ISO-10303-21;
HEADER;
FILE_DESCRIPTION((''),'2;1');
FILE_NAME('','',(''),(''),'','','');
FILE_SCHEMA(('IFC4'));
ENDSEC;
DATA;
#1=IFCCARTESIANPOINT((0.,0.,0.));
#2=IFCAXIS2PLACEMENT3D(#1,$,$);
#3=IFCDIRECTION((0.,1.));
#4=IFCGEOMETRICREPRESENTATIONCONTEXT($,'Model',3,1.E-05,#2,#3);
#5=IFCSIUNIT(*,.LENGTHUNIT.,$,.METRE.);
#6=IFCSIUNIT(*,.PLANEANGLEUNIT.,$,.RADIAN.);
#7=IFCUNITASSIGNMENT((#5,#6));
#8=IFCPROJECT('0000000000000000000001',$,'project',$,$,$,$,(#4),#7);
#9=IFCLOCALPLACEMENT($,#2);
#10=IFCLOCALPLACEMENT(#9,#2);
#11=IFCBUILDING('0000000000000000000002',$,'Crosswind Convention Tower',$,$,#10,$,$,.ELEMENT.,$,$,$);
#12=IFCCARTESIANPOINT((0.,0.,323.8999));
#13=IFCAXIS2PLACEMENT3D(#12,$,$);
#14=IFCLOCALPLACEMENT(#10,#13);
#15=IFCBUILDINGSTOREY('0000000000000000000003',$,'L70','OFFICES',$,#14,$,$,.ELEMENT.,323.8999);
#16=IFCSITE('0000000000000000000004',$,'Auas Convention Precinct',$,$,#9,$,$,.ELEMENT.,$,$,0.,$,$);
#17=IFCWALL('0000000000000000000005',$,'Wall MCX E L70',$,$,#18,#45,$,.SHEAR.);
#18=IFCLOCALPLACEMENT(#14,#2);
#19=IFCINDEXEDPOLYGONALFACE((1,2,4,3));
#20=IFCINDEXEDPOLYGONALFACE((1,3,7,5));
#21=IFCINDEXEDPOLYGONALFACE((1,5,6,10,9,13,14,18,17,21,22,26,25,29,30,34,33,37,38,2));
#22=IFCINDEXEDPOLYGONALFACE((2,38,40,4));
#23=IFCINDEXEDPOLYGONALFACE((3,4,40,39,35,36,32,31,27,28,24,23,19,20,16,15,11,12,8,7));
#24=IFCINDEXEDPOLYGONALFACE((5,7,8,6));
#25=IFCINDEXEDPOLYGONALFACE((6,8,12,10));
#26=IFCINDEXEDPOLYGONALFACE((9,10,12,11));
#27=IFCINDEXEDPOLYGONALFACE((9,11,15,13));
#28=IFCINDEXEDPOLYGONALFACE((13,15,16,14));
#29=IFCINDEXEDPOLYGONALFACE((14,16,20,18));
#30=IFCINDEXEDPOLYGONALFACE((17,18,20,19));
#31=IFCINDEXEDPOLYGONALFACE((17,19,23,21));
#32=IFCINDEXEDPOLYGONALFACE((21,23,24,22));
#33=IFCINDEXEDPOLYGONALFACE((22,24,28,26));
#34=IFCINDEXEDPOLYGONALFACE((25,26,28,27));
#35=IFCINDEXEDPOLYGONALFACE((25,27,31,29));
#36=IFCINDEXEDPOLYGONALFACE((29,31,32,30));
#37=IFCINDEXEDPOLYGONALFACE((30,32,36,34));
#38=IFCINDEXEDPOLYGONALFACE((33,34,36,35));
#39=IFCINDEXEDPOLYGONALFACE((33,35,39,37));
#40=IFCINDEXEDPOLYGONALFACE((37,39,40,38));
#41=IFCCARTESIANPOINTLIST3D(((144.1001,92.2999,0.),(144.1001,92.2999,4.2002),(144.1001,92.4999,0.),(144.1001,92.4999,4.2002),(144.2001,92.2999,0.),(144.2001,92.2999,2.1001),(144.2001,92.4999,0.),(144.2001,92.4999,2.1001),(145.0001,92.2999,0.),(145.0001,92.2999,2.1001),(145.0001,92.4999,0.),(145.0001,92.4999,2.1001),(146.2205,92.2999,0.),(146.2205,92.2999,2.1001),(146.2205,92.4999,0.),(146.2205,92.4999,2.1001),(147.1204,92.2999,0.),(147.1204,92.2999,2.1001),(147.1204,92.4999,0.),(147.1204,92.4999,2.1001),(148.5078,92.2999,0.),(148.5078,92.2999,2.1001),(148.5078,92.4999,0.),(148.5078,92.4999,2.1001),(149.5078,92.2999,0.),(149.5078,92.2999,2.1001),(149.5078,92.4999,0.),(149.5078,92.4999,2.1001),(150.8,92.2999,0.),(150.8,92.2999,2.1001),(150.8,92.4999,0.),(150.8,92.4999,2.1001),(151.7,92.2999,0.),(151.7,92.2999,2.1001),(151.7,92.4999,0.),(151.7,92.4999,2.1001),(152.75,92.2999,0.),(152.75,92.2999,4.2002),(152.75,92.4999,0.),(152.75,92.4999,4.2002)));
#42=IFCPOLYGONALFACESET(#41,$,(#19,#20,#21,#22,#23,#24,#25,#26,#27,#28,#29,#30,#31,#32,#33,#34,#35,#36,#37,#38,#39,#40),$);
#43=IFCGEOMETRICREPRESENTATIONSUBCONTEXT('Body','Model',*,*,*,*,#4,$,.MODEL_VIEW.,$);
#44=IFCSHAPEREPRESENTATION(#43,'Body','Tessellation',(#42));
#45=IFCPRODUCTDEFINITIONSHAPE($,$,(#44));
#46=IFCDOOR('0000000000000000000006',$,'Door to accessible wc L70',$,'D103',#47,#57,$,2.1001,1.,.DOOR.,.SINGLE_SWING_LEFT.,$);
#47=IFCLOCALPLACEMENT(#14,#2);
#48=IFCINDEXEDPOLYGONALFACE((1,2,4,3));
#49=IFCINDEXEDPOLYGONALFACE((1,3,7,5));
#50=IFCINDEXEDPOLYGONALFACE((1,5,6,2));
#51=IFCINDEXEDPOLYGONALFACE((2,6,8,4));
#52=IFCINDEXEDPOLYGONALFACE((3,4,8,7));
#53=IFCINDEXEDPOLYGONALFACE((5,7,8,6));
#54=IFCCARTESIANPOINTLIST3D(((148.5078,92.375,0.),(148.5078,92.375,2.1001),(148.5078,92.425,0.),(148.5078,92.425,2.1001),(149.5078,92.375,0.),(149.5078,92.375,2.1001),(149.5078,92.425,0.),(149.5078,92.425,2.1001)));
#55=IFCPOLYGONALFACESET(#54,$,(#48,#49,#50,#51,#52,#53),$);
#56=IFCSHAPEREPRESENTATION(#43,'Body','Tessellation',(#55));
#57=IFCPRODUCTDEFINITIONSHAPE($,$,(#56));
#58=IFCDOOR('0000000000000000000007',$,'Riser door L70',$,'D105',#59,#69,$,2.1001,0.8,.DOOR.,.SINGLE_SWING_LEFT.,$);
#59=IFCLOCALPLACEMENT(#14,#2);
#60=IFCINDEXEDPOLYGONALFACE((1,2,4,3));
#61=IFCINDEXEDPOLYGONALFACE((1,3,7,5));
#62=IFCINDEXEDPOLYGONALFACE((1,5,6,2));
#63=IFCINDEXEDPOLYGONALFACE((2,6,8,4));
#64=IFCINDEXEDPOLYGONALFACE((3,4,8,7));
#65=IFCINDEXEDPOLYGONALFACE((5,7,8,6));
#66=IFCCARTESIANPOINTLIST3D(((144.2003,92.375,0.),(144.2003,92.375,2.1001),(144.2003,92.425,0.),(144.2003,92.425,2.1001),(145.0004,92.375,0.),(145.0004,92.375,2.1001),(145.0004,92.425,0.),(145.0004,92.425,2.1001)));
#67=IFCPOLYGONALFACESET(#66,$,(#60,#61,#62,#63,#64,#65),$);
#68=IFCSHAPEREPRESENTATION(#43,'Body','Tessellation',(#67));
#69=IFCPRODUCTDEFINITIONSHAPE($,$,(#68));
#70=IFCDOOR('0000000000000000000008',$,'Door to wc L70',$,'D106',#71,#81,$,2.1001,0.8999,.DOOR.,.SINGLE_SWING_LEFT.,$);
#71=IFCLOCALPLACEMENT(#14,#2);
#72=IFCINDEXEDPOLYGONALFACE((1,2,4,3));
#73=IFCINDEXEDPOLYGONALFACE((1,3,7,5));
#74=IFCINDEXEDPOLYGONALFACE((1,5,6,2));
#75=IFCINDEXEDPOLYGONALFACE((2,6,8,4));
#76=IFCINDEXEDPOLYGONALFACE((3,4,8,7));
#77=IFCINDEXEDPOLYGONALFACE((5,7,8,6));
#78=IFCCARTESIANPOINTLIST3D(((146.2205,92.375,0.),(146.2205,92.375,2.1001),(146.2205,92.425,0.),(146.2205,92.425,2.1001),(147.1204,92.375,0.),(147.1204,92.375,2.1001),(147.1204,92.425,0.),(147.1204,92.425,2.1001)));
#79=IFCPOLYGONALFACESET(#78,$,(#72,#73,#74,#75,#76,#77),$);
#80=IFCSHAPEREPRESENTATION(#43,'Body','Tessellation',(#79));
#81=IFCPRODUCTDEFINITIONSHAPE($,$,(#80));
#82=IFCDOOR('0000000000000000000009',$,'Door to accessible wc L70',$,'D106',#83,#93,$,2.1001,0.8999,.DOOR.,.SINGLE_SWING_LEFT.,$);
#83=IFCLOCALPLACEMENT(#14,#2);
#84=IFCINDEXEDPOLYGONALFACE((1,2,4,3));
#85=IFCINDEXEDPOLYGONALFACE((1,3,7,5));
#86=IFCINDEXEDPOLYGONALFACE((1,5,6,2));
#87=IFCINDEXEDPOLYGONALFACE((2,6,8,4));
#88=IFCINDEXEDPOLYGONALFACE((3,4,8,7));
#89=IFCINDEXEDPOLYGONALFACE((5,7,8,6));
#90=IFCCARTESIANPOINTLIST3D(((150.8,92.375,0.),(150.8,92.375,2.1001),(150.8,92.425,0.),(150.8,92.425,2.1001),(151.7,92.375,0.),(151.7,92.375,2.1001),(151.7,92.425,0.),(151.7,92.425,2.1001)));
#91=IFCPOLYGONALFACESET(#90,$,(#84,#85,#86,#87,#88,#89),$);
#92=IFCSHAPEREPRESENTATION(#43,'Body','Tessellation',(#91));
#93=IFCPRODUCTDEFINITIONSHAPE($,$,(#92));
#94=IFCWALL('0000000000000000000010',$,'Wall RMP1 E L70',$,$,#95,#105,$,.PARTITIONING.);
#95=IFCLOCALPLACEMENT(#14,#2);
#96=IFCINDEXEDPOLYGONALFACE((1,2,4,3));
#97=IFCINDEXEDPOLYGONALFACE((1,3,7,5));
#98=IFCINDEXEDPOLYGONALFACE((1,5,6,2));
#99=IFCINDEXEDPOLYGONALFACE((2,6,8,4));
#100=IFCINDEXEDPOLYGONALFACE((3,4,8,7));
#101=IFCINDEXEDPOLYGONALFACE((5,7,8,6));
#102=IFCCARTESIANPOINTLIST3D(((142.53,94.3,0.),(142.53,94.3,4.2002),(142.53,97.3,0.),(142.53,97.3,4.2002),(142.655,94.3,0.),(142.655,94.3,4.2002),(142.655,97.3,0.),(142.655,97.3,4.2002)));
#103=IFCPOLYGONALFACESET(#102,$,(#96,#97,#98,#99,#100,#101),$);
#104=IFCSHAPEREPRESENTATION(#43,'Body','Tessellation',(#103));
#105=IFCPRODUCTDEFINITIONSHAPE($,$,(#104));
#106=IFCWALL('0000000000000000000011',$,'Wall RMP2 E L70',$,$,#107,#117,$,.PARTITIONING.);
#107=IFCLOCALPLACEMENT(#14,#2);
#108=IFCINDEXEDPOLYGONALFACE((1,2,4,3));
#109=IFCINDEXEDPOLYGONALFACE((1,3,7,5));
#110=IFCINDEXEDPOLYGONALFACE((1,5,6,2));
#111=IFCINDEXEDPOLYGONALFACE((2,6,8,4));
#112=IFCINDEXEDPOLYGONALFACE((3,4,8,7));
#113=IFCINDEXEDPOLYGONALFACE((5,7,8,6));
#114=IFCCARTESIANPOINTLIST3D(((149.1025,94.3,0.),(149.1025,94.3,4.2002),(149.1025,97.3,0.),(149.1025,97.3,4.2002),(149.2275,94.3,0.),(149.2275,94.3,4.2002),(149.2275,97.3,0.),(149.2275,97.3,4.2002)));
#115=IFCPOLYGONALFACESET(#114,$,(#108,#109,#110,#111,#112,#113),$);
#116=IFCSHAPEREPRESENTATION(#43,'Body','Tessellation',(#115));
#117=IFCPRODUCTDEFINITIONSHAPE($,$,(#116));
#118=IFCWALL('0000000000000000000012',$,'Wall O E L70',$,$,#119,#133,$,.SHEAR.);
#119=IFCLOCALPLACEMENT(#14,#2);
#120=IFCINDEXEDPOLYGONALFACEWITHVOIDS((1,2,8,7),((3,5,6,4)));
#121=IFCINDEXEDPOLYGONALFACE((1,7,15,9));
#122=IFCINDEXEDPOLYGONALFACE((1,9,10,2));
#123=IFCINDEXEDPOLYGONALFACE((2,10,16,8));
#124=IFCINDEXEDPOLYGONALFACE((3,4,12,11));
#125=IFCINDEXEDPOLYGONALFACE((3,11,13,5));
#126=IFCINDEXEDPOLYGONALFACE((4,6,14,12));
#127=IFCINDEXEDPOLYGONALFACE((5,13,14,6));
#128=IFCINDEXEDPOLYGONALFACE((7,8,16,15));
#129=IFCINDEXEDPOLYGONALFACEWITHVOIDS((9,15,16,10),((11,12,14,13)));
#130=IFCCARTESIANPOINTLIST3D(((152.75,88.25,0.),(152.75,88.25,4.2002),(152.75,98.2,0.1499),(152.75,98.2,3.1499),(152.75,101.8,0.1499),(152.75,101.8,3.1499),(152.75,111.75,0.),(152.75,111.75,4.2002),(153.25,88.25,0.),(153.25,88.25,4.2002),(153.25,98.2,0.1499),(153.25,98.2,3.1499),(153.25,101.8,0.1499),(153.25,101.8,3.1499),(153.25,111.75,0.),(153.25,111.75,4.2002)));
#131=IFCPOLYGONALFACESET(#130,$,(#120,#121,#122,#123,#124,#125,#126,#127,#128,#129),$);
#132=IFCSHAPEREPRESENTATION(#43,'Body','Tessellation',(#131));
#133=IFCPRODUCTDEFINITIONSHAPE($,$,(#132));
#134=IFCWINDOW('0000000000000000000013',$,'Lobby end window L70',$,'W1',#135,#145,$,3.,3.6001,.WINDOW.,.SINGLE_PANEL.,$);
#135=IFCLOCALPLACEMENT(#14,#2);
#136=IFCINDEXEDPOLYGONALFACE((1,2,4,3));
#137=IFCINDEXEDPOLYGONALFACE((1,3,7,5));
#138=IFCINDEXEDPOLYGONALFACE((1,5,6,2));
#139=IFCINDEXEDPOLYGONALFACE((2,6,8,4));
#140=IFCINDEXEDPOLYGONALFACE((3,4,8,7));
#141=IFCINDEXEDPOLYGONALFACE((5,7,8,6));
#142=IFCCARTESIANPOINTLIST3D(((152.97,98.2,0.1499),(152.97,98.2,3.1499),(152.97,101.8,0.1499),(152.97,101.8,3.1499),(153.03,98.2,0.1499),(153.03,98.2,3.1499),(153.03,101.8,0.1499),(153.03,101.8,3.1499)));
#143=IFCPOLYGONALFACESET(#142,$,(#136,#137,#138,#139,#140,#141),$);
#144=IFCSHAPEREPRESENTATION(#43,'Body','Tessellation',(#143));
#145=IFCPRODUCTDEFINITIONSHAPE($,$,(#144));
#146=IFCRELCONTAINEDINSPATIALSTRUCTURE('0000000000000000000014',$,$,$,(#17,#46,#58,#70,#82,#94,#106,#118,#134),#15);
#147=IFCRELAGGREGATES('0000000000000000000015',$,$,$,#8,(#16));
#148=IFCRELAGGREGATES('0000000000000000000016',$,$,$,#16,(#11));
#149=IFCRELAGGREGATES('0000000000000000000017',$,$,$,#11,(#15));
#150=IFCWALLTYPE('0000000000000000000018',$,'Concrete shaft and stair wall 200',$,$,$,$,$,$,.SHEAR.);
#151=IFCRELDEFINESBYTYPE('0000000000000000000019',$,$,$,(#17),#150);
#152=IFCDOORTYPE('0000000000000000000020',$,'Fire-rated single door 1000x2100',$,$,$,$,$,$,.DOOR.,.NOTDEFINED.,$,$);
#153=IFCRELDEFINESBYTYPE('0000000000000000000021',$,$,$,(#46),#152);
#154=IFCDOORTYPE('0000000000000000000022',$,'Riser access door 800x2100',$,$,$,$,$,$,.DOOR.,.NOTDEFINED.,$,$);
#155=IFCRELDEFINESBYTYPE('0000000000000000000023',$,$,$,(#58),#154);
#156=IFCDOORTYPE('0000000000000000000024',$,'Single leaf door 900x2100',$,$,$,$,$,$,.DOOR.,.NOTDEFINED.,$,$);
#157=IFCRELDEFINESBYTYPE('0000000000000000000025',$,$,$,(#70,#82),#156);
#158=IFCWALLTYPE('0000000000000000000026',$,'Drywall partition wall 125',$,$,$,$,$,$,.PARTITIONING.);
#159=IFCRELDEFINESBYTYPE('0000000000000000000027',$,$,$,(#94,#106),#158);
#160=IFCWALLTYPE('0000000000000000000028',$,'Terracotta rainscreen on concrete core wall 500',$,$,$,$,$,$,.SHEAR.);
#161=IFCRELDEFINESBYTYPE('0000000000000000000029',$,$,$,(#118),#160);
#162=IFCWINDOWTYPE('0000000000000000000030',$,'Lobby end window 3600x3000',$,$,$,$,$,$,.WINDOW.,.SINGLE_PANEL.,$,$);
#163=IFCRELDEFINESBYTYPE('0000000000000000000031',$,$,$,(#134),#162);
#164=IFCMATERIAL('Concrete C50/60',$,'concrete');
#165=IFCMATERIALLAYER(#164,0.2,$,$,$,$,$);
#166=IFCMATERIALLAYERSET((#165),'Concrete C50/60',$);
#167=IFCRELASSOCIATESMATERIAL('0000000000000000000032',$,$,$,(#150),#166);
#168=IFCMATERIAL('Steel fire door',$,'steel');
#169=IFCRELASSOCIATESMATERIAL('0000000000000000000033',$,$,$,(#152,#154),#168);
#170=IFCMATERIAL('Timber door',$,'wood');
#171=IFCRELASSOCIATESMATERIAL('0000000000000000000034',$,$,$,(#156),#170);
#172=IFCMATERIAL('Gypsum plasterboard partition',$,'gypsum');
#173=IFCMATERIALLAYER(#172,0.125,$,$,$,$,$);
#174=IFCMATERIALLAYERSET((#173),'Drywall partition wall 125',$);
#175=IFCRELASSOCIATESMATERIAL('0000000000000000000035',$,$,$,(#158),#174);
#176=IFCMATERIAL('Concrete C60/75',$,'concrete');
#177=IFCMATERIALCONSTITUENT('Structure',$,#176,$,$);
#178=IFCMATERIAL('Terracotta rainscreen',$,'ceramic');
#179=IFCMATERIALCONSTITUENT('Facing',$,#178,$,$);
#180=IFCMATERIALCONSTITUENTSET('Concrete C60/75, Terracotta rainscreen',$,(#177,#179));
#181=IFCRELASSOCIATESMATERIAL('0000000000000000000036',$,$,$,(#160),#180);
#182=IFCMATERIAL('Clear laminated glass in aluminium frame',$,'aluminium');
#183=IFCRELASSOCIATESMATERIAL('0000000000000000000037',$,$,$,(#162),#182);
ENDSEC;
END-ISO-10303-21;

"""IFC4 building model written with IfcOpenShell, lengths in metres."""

from ifc_helpers import new_model, si_unit, direction, frame, frame_2d, origin, place, context, subcontext, project, spatial, rectangle, extrude, material, layer, layer_set, constituent, constituent_set, type_object, element, fill, save


model = new_model("IFC4")

# Units and contexts
model_context = context("Model", 3, precision=1e-05, world=origin(), true_north=direction((0.0, 1.0)))
body_context = subcontext(model_context, "Body", "Model", "MODEL_VIEW")
ifc_project = project(units=[si_unit("LENGTHUNIT", "METRE"), si_unit("PLANEANGLEUNIT", "RADIAN")], contexts=[model_context])

# Site, building, storey
site_placement = place(None, origin())
site = spatial("IfcSite", under=ifc_project, at=site_placement, Name="Auas Convention Precinct", CompositionType="ELEMENT", RefElevation=0.0)
building_placement = place(site_placement, origin())
building = spatial("IfcBuilding", under=site, at=building_placement, Name="Crosswind Convention Tower", CompositionType="ELEMENT")
storey_placement = place(building_placement, frame((0.0, 0.0, 323.8999)))
storey = spatial("IfcBuildingStorey", under=building, at=storey_placement, Name="L70", Description="OFFICES", CompositionType="ELEMENT", Elevation=323.8999)

# Shared definitions
ifc_material_1 = material(Name="Concrete C50/60", Category="concrete")

# Shared definitions
ifc_layer_1 = layer(ifc_material_1, 0.2)
ifc_layer_set_1 = layer_set([ifc_layer_1], Name="Concrete C50/60")
wall_type_1 = type_object("IfcWallType", Name="Concrete shaft and stair wall 200", PredefinedType="SHEAR", material=ifc_layer_set_1)

# Shared definitions
ifc_material_2 = material(Name="Steel fire door", Category="steel")

# Shared definitions
door_type_1 = type_object("IfcDoorType", Name="Fire-rated single door 1000x2100", OperationType="NOTDEFINED", PredefinedType="DOOR", material=ifc_material_2)

# Wall, openings, doors
wall_1_placement = place(storey_placement, frame((144.1001, 92.3999, 0.0), z_axis=(0.0, 0.0, 1.0), x_axis=(1.0, 0.0, 0.0)))
wall_1 = element("IfcWall", 1, at=wall_1_placement, inside=storey, type_object=wall_type_1, Name="Wall MCX E L70", PredefinedType="SHEAR", context=body_context, shape_type="SweptSolid", body=[
    extrude(rectangle(XDim=8.6499, YDim=0.2, at=frame_2d((4.325, 0.0))), origin(), (0.0, 0.0, 1.0), 4.2002),
])
opening_1_placement = place(wall_1_placement, frame((0.1001, 0.0, 0.0)))
opening_1 = element("IfcOpeningElement", 2, at=opening_1_placement, cuts=wall_1, PredefinedType="OPENING", context=body_context, shape_type="SweptSolid", body=[
    extrude(rectangle(XDim=0.8, YDim=2.1001, at=frame_2d((0.3999, 1.05))), frame((0.0, 0.1099, 0.0), z_axis=(0.0, -1.0, 0.0), x_axis=(1.0, 0.0, 0.0)), (0.0, 0.0, 1.0), 0.22),
])
opening_2_placement = place(wall_1_placement, frame((2.1204, 0.0, 0.0)))
opening_2 = element("IfcOpeningElement", 3, at=opening_2_placement, cuts=wall_1, PredefinedType="OPENING", context=body_context, shape_type="SweptSolid", body=[
    extrude(rectangle(XDim=0.8999, YDim=2.1001, at=frame_2d((0.45, 1.05))), frame((0.0, 0.1099, 0.0), z_axis=(0.0, -1.0, 0.0), x_axis=(1.0, 0.0, 0.0)), (0.0, 0.0, 1.0), 0.22),
])
opening_3_placement = place(wall_1_placement, frame((4.4077, 0.0, 0.0)))
opening_3 = element("IfcOpeningElement", 4, at=opening_3_placement, cuts=wall_1, PredefinedType="OPENING", context=body_context, shape_type="SweptSolid", body=[
    extrude(rectangle(XDim=1.0, YDim=2.1001, at=frame_2d((0.5, 1.05))), frame((0.0, 0.1099, 0.0), z_axis=(0.0, -1.0, 0.0), x_axis=(1.0, 0.0, 0.0)), (0.0, 0.0, 1.0), 0.22),
])
opening_4_placement = place(wall_1_placement, frame((6.7, 0.0, 0.0)))
opening_4 = element("IfcOpeningElement", 5, at=opening_4_placement, cuts=wall_1, PredefinedType="OPENING", context=body_context, shape_type="SweptSolid", body=[
    extrude(rectangle(XDim=0.8999, YDim=2.1001, at=frame_2d((0.45, 1.05))), frame((0.0, 0.1099, 0.0), z_axis=(0.0, -1.0, 0.0), x_axis=(1.0, 0.0, 0.0)), (0.0, 0.0, 1.0), 0.22),
])
door_1_placement = place(opening_3_placement, frame((1.0, 0.0, 0.0), z_axis=(0.0, 0.0, 1.0), x_axis=(-1.0, 0.0, 0.0)))
door_1 = element("IfcDoor", 6, at=door_1_placement, inside=storey, type_object=door_type_1, Name="Door to accessible wc L70", ObjectType="D103", OperationType="SINGLE_SWING_LEFT", OverallHeight=2.1001, OverallWidth=1.0, PredefinedType="DOOR", context=body_context, shape_type="SweptSolid", body=[
    extrude(rectangle(XDim=1.0, YDim=2.1001, at=frame_2d((0.5, 1.05))), frame((0.0, 0.0249, 0.0), z_axis=(0.0, -1.0, 0.0), x_axis=(1.0, 0.0, 0.0)), (0.0, 0.0, 1.0), 0.05),
])
fill(opening_3, door_1)
door_type_2 = type_object("IfcDoorType", Name="Riser access door 800x2100", OperationType="NOTDEFINED", PredefinedType="DOOR", material=ifc_material_2)
door_2_placement = place(opening_1_placement, frame((0.8, 0.0, 0.0), z_axis=(0.0, 0.0, 1.0), x_axis=(-1.0, 0.0, 0.0)))
door_2 = element("IfcDoor", 7, at=door_2_placement, inside=storey, type_object=door_type_2, Name="Riser door L70", ObjectType="D105", OperationType="SINGLE_SWING_LEFT", OverallHeight=2.1001, OverallWidth=0.8, PredefinedType="DOOR", context=body_context, shape_type="SweptSolid", body=[
    extrude(rectangle(XDim=0.8, YDim=2.1001, at=frame_2d((0.3999, 1.05))), frame((0.0, 0.0249, 0.0), z_axis=(0.0, -1.0, 0.0), x_axis=(1.0, 0.0, 0.0)), (0.0, 0.0, 1.0), 0.05),
])
fill(opening_1, door_2)
ifc_material_3 = material(Name="Timber door", Category="wood")
door_type_3 = type_object("IfcDoorType", Name="Single leaf door 900x2100", OperationType="NOTDEFINED", PredefinedType="DOOR", material=ifc_material_3)
door_3_placement = place(opening_2_placement, frame((0.8999, 0.0, 0.0), z_axis=(0.0, 0.0, 1.0), x_axis=(-1.0, 0.0, 0.0)))
door_3 = element("IfcDoor", 8, at=door_3_placement, inside=storey, type_object=door_type_3, Name="Door to wc L70", ObjectType="D106", OperationType="SINGLE_SWING_LEFT", OverallHeight=2.1001, OverallWidth=0.8999, PredefinedType="DOOR", context=body_context, shape_type="SweptSolid", body=[
    extrude(rectangle(XDim=0.8999, YDim=2.1001, at=frame_2d((0.45, 1.05))), frame((0.0, 0.0249, 0.0), z_axis=(0.0, -1.0, 0.0), x_axis=(1.0, 0.0, 0.0)), (0.0, 0.0, 1.0), 0.05),
])
fill(opening_2, door_3)
door_4_placement = place(opening_4_placement, frame((0.8999, 0.0, 0.0), z_axis=(0.0, 0.0, 1.0), x_axis=(-1.0, 0.0, 0.0)))
door_4 = element("IfcDoor", 9, at=door_4_placement, inside=storey, type_object=door_type_3, Name="Door to accessible wc L70", ObjectType="D106", OperationType="SINGLE_SWING_LEFT", OverallHeight=2.1001, OverallWidth=0.8999, PredefinedType="DOOR", context=body_context, shape_type="SweptSolid", body=[
    extrude(rectangle(XDim=0.8999, YDim=2.1001, at=frame_2d((0.45, 1.05))), frame((0.0, 0.0249, 0.0), z_axis=(0.0, -1.0, 0.0), x_axis=(1.0, 0.0, 0.0)), (0.0, 0.0, 1.0), 0.05),
])
fill(opening_4, door_4)

# Walls
ifc_material_4 = material(Name="Gypsum plasterboard partition", Category="gypsum")
ifc_layer_2 = layer(ifc_material_4, 0.125)
ifc_layer_set_2 = layer_set([ifc_layer_2], Name="Drywall partition wall 125")
wall_type_2 = type_object("IfcWallType", Name="Drywall partition wall 125", PredefinedType="PARTITIONING", material=ifc_layer_set_2)
for number, where, z_axis, x_axis, name in (
    (10, (142.5925, 94.3, 0.0), (0.0, 0.0, 1.0), (0.0, 1.0, 0.0), "Wall RMP1 E L70"),
    (11, (149.165, 94.3, 0.0), (0.0, 0.0, 1.0), (0.0, 1.0, 0.0), "Wall RMP2 E L70"),
):
    element("IfcWall", number, at=place(storey_placement, frame(where, z_axis=z_axis, x_axis=x_axis)), inside=storey, type_object=wall_type_2, Name=name, PredefinedType="PARTITIONING", context=body_context, shape_type="SweptSolid", body=[
        extrude(rectangle(XDim=3.0, YDim=0.125, at=frame_2d((1.5, 0.0))), origin(), (0.0, 0.0, 1.0), 4.2002),
    ])

# Wall, opening, window
ifc_material_5 = material(Name="Concrete C60/75", Category="concrete")
ifc_constituent_1 = constituent(ifc_material_5, Name="Structure")
ifc_material_6 = material(Name="Terracotta rainscreen", Category="ceramic")
ifc_constituent_2 = constituent(ifc_material_6, Name="Facing")
ifc_constituent_set = constituent_set(constituents=[ifc_constituent_1, ifc_constituent_2], Name="Concrete C60/75, Terracotta rainscreen")
wall_type_3 = type_object("IfcWallType", Name="Terracotta rainscreen on concrete core wall 500", PredefinedType="SHEAR", material=ifc_constituent_set)
wall_2_placement = place(storey_placement, frame((153.0, 88.25, 0.0), z_axis=(0.0, 0.0, 1.0), x_axis=(0.0, 1.0, 0.0)))
wall_2 = element("IfcWall", 12, at=wall_2_placement, inside=storey, type_object=wall_type_3, Name="Wall O E L70", PredefinedType="SHEAR", context=body_context, shape_type="SweptSolid", body=[
    extrude(rectangle(XDim=23.5, YDim=0.5, at=frame_2d((11.75, 0.0))), origin(), (0.0, 0.0, 1.0), 4.2002),
])
opening_5_placement = place(wall_2_placement, frame((9.95, 0.0, 0.1499)))
opening_5 = element("IfcOpeningElement", 13, at=opening_5_placement, cuts=wall_2, PredefinedType="OPENING", context=body_context, shape_type="SweptSolid", body=[
    extrude(rectangle(XDim=3.6001, YDim=3.0, at=frame_2d((1.8, 1.5))), frame((0.0, 0.26, 0.0), z_axis=(0.0, -1.0, 0.0), x_axis=(1.0, 0.0, 0.0)), (0.0, 0.0, 1.0), 0.52),
])
ifc_material_7 = material(Name="Clear laminated glass in aluminium frame", Category="aluminium")
window_type = type_object("IfcWindowType", Name="Lobby end window 3600x3000", PartitioningType="SINGLE_PANEL", PredefinedType="WINDOW", material=ifc_material_7)
window_placement = place(opening_5_placement, origin())
window = element("IfcWindow", 14, at=window_placement, inside=storey, type_object=window_type, Name="Lobby end window L70", ObjectType="W1", OverallHeight=3.0, OverallWidth=3.6001, PartitioningType="SINGLE_PANEL", PredefinedType="WINDOW", context=body_context, shape_type="SweptSolid", body=[
    extrude(rectangle(XDim=3.6001, YDim=3.0, at=frame_2d((1.8, 1.5))), frame((0.0, 0.03, 0.0), z_axis=(0.0, -1.0, 0.0), x_axis=(1.0, 0.0, 0.0)), (0.0, 0.0, 1.0), 0.0601),
])
fill(opening_5, window)

save(model, "model.ifc")
